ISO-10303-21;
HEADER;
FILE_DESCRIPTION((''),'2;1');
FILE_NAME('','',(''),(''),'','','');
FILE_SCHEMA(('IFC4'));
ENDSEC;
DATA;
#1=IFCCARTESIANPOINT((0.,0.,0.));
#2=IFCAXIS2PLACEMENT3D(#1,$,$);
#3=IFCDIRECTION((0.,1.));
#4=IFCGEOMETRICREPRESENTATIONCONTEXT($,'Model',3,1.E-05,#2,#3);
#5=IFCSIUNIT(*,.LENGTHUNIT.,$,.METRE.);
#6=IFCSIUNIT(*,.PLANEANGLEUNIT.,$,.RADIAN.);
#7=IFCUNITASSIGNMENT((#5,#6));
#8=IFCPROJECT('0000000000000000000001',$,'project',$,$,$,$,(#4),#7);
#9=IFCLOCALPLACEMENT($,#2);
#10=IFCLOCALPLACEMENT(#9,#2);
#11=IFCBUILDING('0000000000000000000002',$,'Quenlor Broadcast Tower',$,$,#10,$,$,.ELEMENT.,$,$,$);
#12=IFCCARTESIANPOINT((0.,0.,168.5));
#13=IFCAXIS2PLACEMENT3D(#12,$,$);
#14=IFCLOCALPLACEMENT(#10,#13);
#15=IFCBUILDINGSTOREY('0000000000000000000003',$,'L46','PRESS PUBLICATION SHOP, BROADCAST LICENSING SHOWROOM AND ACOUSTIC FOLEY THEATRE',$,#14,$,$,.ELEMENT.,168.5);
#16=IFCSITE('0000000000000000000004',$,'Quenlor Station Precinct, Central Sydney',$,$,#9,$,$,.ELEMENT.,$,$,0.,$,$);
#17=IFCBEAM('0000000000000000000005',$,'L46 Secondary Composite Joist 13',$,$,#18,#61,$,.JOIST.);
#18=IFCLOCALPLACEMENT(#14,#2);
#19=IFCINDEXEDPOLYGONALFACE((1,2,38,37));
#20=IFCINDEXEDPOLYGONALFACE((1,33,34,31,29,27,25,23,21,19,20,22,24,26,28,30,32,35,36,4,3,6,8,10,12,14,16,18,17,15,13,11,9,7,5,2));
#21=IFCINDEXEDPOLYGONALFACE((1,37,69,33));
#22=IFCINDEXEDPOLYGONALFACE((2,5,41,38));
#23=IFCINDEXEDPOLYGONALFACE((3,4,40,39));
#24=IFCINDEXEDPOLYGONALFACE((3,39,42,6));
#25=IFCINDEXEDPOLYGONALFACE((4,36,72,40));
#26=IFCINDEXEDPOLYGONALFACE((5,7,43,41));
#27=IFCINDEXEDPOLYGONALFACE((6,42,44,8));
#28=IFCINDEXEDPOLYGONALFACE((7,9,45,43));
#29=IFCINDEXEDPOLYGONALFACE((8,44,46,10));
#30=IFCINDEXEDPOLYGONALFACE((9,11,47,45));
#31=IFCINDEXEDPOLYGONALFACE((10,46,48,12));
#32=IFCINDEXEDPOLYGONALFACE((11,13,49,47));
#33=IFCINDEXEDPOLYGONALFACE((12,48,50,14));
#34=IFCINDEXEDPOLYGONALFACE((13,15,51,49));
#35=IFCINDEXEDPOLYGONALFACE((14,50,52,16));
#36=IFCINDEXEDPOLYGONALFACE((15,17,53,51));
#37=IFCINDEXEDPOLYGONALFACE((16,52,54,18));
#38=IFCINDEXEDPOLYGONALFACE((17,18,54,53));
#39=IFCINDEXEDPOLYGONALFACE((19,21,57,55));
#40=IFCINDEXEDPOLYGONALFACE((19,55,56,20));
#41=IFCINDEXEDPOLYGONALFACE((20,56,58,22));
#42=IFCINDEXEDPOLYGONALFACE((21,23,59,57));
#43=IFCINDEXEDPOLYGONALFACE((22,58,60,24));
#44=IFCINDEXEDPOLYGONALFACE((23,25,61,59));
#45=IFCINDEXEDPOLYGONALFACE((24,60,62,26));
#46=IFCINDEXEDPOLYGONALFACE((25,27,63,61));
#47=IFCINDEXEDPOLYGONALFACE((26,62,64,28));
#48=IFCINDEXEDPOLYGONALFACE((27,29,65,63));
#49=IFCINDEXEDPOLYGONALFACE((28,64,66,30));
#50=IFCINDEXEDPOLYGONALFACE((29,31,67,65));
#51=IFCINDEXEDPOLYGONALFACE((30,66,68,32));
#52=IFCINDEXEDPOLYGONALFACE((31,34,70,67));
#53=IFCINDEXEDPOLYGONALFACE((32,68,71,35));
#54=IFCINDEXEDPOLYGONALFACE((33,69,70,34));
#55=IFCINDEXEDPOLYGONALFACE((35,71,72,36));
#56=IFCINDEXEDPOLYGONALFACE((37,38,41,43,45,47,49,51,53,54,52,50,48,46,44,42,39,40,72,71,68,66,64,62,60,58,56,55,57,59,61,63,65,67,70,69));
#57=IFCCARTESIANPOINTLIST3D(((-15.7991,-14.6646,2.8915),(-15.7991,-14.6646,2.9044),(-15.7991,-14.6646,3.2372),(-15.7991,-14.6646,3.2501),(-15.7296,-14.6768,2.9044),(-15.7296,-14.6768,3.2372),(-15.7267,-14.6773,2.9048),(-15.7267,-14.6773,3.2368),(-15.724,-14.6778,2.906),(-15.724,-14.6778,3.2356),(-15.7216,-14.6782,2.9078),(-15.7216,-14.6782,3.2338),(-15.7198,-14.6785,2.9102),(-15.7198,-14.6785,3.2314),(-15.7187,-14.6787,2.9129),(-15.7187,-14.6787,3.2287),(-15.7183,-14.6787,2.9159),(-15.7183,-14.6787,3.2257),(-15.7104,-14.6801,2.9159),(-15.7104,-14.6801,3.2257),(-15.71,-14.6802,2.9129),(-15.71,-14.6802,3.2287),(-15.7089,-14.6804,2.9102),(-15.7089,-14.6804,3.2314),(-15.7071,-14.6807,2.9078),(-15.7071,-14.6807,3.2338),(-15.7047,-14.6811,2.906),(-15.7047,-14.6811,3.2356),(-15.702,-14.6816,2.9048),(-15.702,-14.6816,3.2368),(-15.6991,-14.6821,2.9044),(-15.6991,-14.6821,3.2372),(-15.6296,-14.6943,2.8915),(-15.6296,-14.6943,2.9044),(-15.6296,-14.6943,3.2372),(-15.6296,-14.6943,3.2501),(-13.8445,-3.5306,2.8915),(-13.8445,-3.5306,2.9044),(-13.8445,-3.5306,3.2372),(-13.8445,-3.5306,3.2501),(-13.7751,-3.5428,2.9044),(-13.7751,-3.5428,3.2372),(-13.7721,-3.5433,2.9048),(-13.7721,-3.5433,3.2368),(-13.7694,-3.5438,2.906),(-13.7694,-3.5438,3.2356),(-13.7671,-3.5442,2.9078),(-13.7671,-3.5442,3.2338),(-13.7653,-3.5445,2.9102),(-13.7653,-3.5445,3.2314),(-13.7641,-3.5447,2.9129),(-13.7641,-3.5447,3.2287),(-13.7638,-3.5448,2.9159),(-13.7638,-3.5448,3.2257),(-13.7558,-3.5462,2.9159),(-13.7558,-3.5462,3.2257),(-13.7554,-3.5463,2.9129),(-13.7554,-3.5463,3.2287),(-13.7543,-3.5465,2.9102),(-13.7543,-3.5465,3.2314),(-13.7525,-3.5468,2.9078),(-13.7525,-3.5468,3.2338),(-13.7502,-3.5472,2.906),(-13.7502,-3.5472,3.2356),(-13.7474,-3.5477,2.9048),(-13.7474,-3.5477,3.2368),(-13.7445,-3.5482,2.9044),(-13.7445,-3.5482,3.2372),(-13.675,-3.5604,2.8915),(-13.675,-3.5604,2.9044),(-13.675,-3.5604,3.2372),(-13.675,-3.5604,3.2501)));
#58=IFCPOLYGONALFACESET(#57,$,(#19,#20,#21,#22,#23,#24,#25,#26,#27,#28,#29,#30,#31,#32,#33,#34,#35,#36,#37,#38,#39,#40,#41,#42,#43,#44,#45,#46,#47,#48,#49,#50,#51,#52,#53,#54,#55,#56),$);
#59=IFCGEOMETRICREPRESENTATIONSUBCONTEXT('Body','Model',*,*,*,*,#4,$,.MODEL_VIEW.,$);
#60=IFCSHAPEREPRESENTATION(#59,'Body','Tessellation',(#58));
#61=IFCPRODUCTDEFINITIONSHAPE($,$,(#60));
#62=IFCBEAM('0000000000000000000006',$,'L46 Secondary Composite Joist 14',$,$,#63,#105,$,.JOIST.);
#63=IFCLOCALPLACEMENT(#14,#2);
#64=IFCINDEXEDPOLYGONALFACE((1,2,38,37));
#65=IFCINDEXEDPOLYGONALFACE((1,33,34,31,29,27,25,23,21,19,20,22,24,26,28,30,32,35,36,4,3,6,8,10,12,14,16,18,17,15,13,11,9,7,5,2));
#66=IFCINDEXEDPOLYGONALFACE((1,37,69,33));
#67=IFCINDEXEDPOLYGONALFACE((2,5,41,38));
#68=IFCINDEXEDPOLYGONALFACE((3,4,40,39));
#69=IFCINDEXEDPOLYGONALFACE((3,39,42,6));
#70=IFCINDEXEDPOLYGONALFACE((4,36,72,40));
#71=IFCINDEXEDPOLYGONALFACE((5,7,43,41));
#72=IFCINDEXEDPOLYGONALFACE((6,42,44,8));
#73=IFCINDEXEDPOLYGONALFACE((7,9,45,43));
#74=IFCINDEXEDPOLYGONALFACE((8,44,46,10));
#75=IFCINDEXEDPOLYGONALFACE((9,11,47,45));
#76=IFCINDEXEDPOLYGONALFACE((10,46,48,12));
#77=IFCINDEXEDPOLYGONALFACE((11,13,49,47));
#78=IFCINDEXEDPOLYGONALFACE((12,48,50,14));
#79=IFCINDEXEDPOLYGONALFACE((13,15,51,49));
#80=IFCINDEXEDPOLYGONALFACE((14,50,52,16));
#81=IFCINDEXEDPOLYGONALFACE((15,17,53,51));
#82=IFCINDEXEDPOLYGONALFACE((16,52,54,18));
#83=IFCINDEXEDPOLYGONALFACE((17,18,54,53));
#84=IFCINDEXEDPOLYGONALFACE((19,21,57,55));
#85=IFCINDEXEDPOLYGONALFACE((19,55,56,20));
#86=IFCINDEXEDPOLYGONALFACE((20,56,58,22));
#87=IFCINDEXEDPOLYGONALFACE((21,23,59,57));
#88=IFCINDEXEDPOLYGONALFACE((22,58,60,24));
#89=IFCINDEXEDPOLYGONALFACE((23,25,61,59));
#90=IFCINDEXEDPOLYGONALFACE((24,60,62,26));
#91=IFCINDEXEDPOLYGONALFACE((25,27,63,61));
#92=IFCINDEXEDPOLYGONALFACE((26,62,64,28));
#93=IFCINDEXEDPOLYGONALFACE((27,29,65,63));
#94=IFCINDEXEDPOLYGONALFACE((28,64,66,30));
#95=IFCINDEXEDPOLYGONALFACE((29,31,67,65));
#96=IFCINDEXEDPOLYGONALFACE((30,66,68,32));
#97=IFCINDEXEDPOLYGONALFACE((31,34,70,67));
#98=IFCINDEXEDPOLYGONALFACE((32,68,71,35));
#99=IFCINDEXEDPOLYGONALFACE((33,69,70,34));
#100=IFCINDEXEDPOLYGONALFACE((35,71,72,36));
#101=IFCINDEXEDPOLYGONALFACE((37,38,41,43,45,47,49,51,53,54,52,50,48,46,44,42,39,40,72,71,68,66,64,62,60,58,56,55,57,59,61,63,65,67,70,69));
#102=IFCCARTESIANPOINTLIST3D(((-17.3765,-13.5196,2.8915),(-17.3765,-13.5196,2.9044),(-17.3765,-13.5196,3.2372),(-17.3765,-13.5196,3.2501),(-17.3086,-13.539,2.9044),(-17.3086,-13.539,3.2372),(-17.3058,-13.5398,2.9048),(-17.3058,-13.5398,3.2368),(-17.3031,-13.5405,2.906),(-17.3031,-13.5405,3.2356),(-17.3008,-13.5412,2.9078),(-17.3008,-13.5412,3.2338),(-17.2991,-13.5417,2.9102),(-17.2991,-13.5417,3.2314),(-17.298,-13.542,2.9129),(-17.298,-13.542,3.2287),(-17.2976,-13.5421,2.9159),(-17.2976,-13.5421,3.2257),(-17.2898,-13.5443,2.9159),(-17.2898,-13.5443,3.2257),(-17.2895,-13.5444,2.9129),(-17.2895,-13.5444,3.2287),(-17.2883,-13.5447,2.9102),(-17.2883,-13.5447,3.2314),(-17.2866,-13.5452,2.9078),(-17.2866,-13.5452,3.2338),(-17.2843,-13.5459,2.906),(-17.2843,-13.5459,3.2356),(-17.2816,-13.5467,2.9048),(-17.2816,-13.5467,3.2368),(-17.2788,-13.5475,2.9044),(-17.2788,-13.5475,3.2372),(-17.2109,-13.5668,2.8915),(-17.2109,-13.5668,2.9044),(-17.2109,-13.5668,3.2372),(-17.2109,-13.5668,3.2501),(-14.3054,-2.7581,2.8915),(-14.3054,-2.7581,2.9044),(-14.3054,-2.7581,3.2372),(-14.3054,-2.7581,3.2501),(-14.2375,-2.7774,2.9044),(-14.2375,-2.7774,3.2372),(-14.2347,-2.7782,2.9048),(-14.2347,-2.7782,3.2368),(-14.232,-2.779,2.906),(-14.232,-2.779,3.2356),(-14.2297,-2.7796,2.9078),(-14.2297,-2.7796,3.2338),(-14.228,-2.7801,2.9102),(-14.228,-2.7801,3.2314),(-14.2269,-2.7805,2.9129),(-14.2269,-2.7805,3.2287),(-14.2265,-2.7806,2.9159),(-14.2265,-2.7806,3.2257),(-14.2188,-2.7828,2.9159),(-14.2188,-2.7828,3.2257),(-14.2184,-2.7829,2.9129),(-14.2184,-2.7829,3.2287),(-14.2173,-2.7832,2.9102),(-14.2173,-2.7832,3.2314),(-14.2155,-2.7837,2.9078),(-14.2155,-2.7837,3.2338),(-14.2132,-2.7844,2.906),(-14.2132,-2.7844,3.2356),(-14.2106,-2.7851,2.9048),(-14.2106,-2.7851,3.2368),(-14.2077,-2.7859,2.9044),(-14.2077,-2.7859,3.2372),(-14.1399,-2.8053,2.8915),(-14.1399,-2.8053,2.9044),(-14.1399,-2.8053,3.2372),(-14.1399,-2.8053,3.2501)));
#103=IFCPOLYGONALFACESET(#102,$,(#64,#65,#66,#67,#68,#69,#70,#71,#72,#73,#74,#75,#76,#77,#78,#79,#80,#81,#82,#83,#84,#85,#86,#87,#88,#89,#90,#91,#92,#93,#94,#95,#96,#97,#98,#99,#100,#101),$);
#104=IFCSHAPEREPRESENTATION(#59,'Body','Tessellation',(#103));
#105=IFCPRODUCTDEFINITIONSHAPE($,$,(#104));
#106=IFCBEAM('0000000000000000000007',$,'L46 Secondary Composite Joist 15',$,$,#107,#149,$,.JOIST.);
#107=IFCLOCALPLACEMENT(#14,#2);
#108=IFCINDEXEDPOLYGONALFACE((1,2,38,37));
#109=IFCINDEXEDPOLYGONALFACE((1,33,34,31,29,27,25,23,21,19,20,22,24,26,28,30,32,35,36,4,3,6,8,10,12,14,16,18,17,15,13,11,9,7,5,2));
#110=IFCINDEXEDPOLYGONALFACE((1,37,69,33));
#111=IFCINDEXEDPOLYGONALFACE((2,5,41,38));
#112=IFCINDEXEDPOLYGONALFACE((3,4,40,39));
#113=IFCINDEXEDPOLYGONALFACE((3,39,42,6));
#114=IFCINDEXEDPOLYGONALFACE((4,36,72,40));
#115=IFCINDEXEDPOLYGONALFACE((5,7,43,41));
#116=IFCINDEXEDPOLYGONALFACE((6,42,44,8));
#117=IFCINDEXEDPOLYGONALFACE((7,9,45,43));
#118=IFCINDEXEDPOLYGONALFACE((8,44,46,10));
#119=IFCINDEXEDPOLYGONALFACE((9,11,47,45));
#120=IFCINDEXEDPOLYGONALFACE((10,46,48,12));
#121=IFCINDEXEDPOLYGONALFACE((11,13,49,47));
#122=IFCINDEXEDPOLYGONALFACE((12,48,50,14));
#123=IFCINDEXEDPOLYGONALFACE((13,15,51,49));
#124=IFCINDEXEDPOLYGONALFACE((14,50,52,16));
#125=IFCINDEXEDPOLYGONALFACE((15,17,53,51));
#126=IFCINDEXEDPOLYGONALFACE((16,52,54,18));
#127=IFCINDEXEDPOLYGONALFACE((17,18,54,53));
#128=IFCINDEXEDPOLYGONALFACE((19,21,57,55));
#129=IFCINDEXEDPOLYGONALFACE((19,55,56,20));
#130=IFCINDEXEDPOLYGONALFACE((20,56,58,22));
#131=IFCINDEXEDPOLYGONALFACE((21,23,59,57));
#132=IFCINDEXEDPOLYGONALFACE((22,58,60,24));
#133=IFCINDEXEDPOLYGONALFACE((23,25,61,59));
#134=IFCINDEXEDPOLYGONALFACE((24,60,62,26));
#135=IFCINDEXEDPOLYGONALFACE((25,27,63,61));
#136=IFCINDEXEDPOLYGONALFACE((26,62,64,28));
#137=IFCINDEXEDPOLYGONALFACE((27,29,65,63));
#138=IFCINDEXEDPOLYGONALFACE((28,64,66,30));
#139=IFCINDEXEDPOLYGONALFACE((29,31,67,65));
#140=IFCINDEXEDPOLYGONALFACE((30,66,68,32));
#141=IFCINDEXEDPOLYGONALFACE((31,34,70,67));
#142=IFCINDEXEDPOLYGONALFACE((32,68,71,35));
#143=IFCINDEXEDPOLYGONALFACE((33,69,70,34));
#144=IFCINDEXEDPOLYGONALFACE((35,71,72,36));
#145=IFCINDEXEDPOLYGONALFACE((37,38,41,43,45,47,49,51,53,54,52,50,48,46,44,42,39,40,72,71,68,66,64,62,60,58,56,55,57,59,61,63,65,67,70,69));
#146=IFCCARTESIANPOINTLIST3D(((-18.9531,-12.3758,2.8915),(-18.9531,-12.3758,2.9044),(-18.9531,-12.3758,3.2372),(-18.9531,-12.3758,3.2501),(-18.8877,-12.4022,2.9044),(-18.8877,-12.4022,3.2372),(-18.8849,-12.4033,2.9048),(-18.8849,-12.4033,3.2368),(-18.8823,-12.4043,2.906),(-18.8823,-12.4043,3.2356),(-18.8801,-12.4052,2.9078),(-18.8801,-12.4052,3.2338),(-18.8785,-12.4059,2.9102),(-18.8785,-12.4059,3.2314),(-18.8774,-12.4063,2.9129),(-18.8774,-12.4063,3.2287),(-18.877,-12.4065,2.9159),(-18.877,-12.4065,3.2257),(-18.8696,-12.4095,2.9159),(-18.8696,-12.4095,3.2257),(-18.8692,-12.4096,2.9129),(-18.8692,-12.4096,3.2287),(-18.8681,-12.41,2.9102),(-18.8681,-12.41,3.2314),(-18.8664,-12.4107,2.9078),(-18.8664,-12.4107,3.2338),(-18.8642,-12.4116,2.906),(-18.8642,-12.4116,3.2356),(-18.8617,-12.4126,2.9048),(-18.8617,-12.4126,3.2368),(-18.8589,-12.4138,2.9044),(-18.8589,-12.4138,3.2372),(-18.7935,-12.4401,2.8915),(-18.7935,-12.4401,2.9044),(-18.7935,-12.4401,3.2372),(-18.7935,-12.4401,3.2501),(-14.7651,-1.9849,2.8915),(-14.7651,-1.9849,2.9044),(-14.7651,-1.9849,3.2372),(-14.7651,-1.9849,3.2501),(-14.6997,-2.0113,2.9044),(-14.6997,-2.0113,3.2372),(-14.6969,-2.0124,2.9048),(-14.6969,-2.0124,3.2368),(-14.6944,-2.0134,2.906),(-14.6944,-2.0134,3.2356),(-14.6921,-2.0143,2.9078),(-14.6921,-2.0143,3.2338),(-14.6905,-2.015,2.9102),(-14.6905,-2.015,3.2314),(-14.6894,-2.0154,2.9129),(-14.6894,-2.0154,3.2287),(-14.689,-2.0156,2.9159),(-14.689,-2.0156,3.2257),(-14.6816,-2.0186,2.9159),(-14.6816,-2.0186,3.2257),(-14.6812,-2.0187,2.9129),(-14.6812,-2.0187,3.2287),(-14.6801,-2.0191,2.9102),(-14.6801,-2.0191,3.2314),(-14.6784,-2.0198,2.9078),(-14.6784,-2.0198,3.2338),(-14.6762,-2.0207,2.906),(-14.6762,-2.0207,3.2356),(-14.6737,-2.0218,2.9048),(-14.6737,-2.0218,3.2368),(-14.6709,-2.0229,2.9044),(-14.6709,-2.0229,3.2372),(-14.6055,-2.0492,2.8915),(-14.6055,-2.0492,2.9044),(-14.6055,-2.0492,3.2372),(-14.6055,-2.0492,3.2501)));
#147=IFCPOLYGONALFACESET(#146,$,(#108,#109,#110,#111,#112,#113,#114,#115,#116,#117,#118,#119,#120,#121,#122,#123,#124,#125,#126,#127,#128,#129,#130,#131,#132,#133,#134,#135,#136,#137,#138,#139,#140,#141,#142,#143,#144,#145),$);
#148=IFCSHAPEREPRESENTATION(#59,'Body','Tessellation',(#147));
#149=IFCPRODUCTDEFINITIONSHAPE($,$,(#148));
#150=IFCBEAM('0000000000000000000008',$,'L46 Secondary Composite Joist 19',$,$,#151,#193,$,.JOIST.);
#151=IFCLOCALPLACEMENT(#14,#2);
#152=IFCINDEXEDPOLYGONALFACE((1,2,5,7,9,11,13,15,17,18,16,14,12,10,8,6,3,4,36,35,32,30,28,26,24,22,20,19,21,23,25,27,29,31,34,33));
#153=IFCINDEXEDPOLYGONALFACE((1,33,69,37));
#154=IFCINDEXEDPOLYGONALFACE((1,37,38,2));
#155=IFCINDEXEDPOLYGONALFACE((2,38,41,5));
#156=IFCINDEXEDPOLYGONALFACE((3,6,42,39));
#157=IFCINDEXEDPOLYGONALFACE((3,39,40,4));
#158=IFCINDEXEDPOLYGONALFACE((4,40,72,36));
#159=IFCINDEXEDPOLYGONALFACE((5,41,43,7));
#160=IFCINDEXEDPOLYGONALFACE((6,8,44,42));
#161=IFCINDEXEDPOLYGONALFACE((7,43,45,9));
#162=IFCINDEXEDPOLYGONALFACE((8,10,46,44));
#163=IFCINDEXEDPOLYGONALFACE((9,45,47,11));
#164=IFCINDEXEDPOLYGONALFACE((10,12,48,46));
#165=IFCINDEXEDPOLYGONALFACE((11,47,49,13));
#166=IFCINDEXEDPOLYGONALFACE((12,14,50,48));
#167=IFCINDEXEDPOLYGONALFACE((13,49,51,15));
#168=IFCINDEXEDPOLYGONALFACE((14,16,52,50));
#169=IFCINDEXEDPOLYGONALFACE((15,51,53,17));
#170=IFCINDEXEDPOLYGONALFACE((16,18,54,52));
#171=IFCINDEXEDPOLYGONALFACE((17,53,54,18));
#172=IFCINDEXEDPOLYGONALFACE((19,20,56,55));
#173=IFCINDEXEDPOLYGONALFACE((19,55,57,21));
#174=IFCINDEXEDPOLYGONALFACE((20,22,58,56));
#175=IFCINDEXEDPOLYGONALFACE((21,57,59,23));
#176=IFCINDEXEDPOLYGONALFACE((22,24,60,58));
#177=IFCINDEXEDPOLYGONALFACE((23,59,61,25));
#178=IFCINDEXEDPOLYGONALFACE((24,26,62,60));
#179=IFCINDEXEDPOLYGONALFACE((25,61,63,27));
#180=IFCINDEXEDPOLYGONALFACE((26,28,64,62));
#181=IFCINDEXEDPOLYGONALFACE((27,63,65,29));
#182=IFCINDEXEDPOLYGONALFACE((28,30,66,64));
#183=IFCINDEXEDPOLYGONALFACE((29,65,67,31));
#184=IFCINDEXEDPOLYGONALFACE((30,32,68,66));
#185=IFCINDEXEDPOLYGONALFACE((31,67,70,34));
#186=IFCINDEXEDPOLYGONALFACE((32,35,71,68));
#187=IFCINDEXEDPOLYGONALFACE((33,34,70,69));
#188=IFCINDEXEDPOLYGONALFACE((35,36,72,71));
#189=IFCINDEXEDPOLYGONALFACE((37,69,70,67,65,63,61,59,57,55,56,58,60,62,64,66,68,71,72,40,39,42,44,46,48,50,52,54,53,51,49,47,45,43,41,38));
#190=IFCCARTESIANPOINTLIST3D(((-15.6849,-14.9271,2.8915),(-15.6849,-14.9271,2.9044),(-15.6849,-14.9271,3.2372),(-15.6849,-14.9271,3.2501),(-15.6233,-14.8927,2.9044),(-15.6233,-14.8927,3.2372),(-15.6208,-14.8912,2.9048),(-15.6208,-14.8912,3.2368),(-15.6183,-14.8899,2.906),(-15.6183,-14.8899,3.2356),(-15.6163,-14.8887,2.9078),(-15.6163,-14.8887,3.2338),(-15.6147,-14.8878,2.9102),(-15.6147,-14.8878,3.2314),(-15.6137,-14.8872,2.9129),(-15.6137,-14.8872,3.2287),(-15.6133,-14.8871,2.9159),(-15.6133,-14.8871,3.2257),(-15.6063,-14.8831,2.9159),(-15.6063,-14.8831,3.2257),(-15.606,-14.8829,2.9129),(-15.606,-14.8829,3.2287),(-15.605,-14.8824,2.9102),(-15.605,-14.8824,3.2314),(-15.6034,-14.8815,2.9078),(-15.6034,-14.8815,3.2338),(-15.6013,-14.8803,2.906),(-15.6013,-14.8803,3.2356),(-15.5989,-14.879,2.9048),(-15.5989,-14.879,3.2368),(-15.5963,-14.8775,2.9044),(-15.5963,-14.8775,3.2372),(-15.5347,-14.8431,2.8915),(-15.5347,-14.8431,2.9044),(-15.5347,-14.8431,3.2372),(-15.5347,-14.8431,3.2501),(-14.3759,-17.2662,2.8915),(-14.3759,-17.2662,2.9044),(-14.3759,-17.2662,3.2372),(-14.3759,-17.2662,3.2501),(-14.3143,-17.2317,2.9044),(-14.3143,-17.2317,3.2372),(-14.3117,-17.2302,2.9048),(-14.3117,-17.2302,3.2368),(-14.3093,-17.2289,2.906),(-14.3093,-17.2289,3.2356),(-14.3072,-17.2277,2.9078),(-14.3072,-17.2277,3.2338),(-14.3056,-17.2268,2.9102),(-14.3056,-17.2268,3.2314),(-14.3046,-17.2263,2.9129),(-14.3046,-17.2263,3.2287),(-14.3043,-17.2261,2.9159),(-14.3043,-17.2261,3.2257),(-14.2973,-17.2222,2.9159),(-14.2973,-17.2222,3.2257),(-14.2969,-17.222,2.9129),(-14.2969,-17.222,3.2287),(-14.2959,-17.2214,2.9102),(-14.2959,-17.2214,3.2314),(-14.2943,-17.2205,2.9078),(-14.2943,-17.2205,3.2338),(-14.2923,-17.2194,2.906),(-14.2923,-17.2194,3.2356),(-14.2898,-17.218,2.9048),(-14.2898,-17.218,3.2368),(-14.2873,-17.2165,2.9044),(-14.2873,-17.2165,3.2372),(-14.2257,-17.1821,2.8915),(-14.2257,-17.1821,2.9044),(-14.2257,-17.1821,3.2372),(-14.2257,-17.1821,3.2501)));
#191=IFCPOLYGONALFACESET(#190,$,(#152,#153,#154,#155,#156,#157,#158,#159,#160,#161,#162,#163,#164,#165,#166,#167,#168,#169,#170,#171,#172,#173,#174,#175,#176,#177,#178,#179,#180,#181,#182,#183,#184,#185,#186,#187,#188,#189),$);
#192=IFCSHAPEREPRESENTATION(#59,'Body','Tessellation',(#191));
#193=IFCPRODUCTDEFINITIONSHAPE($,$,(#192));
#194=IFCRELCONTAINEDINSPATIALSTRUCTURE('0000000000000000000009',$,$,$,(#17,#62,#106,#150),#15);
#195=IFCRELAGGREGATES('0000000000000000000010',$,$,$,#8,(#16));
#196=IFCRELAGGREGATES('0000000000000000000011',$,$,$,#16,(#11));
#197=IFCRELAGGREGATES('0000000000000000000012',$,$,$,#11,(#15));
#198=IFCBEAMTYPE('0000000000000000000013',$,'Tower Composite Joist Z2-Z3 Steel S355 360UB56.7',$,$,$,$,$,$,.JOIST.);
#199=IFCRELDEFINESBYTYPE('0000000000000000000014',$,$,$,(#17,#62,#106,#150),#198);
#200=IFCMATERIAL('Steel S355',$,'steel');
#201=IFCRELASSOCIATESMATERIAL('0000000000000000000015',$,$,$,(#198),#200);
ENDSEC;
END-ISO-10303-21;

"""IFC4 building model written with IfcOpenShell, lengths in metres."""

from ifc_helpers import new_model, si_unit, direction, frame, origin, origin_2d, place, context, subcontext, project, spatial, i_section, extrude, material, material_profile, profile_set, type_object, element, save


model = new_model("IFC4")

# Units and contexts
model_context = context("Model", 3, precision=1e-05, world=origin(), true_north=direction((0.0, 1.0)))
body_context = subcontext(model_context, "Body", "Model", "MODEL_VIEW")
ifc_project = project(units=[si_unit("LENGTHUNIT", "METRE"), si_unit("PLANEANGLEUNIT", "RADIAN")], contexts=[model_context])

# Site, building, storey
site_placement = place(None, origin())
site = spatial("IfcSite", under=ifc_project, at=site_placement, Name="Quenlor Station Precinct, Central Sydney", CompositionType="ELEMENT", RefElevation=0.0)
building_placement = place(site_placement, origin())
building = spatial("IfcBuilding", under=site, at=building_placement, Name="Quenlor Broadcast Tower", CompositionType="ELEMENT")
storey_placement = place(building_placement, frame((0.0, 0.0, 168.5)))
storey = spatial("IfcBuildingStorey", under=building, at=storey_placement, Name="L46", Description="PRESS PUBLICATION SHOP, BROADCAST LICENSING SHOWROOM AND ACOUSTIC FOLEY THEATRE", CompositionType="ELEMENT", Elevation=168.5)

# Beams
ifc_material_1 = material(Name="Steel S355", Category="steel")
ifc_material_profile_1 = material_profile(ifc_material_1, i_section(OverallWidth=0.1721, OverallDepth=0.3586, WebThickness=0.0081, FlangeThickness=0.0129, FilletRadius=0.0115, at=origin_2d()))
ifc_profile_set_1 = profile_set([ifc_material_profile_1], Name="Steel S355 360UB56.7")
beam_type_1 = type_object("IfcBeamType", Name="Tower Composite Joist Z2-Z3 Steel S355 360UB56.7", PredefinedType="JOIST", material=ifc_profile_set_1)
beam_1_placement = place(storey_placement, frame((-15.7144, -14.6794, 3.0708), z_axis=(0.172907, 0.984938, 0.0), x_axis=(-0.984938, 0.172907, 0.0)))
element("IfcBeam", 1, at=beam_1_placement, inside=storey, type_object=beam_type_1, Name="L46 Secondary Composite Joist 13", PredefinedType="JOIST", context=body_context, shape_type="SweptSolid", body=[
    extrude(i_section(OverallWidth=0.1721, OverallDepth=0.3586, WebThickness=0.0081, FlangeThickness=0.0129, FilletRadius=0.0115, at=origin_2d()), origin(), (0.0, 0.0, 1.0), 11.3042),
])
beam_2_placement = place(storey_placement, frame((-17.2937, -13.5432, 3.0708), z_axis=(0.274419, 0.96161, 0.0), x_axis=(-0.96161, 0.274419, 0.0)))
element("IfcBeam", 2, at=beam_2_placement, inside=storey, type_object=beam_type_1, Name="L46 Secondary Composite Joist 14", PredefinedType="JOIST", context=body_context, shape_type="SweptSolid", body=[
    extrude(i_section(OverallWidth=0.1721, OverallDepth=0.3586, WebThickness=0.0081, FlangeThickness=0.0129, FilletRadius=0.0115, at=origin_2d()), origin(), (0.0, 0.0, 1.0), 11.1912),
])
beam_3_placement = place(storey_placement, frame((-18.8733, -12.408, 3.0708), z_axis=(0.373824, 0.9275, 0.0), x_axis=(-0.9275, 0.373824, 0.0)))
element("IfcBeam", 3, at=beam_3_placement, inside=storey, type_object=beam_type_1, Name="L46 Secondary Composite Joist 15", PredefinedType="JOIST", context=body_context, shape_type="SweptSolid", body=[
    extrude(i_section(OverallWidth=0.1721, OverallDepth=0.3586, WebThickness=0.0081, FlangeThickness=0.0129, FilletRadius=0.0115, at=origin_2d()), origin(), (0.0, 0.0, 1.0), 11.2031),
])
beam_4_placement = place(storey_placement, frame((-14.3008, -17.2241, 3.0708), z_axis=(-0.48837, 0.872636, 0.0), x_axis=(-0.872636, -0.48837, 0.0)))
element("IfcBeam", 4, at=beam_4_placement, inside=storey, type_object=beam_type_1, Name="L46 Secondary Composite Joist 19", PredefinedType="JOIST", context=body_context, shape_type="SweptSolid", body=[
    extrude(i_section(OverallWidth=0.1721, OverallDepth=0.3586, WebThickness=0.0081, FlangeThickness=0.0129, FilletRadius=0.0115, at=origin_2d()), origin(), (0.0, 0.0, 1.0), 2.6804),
])

save(model, "model.ifc")
